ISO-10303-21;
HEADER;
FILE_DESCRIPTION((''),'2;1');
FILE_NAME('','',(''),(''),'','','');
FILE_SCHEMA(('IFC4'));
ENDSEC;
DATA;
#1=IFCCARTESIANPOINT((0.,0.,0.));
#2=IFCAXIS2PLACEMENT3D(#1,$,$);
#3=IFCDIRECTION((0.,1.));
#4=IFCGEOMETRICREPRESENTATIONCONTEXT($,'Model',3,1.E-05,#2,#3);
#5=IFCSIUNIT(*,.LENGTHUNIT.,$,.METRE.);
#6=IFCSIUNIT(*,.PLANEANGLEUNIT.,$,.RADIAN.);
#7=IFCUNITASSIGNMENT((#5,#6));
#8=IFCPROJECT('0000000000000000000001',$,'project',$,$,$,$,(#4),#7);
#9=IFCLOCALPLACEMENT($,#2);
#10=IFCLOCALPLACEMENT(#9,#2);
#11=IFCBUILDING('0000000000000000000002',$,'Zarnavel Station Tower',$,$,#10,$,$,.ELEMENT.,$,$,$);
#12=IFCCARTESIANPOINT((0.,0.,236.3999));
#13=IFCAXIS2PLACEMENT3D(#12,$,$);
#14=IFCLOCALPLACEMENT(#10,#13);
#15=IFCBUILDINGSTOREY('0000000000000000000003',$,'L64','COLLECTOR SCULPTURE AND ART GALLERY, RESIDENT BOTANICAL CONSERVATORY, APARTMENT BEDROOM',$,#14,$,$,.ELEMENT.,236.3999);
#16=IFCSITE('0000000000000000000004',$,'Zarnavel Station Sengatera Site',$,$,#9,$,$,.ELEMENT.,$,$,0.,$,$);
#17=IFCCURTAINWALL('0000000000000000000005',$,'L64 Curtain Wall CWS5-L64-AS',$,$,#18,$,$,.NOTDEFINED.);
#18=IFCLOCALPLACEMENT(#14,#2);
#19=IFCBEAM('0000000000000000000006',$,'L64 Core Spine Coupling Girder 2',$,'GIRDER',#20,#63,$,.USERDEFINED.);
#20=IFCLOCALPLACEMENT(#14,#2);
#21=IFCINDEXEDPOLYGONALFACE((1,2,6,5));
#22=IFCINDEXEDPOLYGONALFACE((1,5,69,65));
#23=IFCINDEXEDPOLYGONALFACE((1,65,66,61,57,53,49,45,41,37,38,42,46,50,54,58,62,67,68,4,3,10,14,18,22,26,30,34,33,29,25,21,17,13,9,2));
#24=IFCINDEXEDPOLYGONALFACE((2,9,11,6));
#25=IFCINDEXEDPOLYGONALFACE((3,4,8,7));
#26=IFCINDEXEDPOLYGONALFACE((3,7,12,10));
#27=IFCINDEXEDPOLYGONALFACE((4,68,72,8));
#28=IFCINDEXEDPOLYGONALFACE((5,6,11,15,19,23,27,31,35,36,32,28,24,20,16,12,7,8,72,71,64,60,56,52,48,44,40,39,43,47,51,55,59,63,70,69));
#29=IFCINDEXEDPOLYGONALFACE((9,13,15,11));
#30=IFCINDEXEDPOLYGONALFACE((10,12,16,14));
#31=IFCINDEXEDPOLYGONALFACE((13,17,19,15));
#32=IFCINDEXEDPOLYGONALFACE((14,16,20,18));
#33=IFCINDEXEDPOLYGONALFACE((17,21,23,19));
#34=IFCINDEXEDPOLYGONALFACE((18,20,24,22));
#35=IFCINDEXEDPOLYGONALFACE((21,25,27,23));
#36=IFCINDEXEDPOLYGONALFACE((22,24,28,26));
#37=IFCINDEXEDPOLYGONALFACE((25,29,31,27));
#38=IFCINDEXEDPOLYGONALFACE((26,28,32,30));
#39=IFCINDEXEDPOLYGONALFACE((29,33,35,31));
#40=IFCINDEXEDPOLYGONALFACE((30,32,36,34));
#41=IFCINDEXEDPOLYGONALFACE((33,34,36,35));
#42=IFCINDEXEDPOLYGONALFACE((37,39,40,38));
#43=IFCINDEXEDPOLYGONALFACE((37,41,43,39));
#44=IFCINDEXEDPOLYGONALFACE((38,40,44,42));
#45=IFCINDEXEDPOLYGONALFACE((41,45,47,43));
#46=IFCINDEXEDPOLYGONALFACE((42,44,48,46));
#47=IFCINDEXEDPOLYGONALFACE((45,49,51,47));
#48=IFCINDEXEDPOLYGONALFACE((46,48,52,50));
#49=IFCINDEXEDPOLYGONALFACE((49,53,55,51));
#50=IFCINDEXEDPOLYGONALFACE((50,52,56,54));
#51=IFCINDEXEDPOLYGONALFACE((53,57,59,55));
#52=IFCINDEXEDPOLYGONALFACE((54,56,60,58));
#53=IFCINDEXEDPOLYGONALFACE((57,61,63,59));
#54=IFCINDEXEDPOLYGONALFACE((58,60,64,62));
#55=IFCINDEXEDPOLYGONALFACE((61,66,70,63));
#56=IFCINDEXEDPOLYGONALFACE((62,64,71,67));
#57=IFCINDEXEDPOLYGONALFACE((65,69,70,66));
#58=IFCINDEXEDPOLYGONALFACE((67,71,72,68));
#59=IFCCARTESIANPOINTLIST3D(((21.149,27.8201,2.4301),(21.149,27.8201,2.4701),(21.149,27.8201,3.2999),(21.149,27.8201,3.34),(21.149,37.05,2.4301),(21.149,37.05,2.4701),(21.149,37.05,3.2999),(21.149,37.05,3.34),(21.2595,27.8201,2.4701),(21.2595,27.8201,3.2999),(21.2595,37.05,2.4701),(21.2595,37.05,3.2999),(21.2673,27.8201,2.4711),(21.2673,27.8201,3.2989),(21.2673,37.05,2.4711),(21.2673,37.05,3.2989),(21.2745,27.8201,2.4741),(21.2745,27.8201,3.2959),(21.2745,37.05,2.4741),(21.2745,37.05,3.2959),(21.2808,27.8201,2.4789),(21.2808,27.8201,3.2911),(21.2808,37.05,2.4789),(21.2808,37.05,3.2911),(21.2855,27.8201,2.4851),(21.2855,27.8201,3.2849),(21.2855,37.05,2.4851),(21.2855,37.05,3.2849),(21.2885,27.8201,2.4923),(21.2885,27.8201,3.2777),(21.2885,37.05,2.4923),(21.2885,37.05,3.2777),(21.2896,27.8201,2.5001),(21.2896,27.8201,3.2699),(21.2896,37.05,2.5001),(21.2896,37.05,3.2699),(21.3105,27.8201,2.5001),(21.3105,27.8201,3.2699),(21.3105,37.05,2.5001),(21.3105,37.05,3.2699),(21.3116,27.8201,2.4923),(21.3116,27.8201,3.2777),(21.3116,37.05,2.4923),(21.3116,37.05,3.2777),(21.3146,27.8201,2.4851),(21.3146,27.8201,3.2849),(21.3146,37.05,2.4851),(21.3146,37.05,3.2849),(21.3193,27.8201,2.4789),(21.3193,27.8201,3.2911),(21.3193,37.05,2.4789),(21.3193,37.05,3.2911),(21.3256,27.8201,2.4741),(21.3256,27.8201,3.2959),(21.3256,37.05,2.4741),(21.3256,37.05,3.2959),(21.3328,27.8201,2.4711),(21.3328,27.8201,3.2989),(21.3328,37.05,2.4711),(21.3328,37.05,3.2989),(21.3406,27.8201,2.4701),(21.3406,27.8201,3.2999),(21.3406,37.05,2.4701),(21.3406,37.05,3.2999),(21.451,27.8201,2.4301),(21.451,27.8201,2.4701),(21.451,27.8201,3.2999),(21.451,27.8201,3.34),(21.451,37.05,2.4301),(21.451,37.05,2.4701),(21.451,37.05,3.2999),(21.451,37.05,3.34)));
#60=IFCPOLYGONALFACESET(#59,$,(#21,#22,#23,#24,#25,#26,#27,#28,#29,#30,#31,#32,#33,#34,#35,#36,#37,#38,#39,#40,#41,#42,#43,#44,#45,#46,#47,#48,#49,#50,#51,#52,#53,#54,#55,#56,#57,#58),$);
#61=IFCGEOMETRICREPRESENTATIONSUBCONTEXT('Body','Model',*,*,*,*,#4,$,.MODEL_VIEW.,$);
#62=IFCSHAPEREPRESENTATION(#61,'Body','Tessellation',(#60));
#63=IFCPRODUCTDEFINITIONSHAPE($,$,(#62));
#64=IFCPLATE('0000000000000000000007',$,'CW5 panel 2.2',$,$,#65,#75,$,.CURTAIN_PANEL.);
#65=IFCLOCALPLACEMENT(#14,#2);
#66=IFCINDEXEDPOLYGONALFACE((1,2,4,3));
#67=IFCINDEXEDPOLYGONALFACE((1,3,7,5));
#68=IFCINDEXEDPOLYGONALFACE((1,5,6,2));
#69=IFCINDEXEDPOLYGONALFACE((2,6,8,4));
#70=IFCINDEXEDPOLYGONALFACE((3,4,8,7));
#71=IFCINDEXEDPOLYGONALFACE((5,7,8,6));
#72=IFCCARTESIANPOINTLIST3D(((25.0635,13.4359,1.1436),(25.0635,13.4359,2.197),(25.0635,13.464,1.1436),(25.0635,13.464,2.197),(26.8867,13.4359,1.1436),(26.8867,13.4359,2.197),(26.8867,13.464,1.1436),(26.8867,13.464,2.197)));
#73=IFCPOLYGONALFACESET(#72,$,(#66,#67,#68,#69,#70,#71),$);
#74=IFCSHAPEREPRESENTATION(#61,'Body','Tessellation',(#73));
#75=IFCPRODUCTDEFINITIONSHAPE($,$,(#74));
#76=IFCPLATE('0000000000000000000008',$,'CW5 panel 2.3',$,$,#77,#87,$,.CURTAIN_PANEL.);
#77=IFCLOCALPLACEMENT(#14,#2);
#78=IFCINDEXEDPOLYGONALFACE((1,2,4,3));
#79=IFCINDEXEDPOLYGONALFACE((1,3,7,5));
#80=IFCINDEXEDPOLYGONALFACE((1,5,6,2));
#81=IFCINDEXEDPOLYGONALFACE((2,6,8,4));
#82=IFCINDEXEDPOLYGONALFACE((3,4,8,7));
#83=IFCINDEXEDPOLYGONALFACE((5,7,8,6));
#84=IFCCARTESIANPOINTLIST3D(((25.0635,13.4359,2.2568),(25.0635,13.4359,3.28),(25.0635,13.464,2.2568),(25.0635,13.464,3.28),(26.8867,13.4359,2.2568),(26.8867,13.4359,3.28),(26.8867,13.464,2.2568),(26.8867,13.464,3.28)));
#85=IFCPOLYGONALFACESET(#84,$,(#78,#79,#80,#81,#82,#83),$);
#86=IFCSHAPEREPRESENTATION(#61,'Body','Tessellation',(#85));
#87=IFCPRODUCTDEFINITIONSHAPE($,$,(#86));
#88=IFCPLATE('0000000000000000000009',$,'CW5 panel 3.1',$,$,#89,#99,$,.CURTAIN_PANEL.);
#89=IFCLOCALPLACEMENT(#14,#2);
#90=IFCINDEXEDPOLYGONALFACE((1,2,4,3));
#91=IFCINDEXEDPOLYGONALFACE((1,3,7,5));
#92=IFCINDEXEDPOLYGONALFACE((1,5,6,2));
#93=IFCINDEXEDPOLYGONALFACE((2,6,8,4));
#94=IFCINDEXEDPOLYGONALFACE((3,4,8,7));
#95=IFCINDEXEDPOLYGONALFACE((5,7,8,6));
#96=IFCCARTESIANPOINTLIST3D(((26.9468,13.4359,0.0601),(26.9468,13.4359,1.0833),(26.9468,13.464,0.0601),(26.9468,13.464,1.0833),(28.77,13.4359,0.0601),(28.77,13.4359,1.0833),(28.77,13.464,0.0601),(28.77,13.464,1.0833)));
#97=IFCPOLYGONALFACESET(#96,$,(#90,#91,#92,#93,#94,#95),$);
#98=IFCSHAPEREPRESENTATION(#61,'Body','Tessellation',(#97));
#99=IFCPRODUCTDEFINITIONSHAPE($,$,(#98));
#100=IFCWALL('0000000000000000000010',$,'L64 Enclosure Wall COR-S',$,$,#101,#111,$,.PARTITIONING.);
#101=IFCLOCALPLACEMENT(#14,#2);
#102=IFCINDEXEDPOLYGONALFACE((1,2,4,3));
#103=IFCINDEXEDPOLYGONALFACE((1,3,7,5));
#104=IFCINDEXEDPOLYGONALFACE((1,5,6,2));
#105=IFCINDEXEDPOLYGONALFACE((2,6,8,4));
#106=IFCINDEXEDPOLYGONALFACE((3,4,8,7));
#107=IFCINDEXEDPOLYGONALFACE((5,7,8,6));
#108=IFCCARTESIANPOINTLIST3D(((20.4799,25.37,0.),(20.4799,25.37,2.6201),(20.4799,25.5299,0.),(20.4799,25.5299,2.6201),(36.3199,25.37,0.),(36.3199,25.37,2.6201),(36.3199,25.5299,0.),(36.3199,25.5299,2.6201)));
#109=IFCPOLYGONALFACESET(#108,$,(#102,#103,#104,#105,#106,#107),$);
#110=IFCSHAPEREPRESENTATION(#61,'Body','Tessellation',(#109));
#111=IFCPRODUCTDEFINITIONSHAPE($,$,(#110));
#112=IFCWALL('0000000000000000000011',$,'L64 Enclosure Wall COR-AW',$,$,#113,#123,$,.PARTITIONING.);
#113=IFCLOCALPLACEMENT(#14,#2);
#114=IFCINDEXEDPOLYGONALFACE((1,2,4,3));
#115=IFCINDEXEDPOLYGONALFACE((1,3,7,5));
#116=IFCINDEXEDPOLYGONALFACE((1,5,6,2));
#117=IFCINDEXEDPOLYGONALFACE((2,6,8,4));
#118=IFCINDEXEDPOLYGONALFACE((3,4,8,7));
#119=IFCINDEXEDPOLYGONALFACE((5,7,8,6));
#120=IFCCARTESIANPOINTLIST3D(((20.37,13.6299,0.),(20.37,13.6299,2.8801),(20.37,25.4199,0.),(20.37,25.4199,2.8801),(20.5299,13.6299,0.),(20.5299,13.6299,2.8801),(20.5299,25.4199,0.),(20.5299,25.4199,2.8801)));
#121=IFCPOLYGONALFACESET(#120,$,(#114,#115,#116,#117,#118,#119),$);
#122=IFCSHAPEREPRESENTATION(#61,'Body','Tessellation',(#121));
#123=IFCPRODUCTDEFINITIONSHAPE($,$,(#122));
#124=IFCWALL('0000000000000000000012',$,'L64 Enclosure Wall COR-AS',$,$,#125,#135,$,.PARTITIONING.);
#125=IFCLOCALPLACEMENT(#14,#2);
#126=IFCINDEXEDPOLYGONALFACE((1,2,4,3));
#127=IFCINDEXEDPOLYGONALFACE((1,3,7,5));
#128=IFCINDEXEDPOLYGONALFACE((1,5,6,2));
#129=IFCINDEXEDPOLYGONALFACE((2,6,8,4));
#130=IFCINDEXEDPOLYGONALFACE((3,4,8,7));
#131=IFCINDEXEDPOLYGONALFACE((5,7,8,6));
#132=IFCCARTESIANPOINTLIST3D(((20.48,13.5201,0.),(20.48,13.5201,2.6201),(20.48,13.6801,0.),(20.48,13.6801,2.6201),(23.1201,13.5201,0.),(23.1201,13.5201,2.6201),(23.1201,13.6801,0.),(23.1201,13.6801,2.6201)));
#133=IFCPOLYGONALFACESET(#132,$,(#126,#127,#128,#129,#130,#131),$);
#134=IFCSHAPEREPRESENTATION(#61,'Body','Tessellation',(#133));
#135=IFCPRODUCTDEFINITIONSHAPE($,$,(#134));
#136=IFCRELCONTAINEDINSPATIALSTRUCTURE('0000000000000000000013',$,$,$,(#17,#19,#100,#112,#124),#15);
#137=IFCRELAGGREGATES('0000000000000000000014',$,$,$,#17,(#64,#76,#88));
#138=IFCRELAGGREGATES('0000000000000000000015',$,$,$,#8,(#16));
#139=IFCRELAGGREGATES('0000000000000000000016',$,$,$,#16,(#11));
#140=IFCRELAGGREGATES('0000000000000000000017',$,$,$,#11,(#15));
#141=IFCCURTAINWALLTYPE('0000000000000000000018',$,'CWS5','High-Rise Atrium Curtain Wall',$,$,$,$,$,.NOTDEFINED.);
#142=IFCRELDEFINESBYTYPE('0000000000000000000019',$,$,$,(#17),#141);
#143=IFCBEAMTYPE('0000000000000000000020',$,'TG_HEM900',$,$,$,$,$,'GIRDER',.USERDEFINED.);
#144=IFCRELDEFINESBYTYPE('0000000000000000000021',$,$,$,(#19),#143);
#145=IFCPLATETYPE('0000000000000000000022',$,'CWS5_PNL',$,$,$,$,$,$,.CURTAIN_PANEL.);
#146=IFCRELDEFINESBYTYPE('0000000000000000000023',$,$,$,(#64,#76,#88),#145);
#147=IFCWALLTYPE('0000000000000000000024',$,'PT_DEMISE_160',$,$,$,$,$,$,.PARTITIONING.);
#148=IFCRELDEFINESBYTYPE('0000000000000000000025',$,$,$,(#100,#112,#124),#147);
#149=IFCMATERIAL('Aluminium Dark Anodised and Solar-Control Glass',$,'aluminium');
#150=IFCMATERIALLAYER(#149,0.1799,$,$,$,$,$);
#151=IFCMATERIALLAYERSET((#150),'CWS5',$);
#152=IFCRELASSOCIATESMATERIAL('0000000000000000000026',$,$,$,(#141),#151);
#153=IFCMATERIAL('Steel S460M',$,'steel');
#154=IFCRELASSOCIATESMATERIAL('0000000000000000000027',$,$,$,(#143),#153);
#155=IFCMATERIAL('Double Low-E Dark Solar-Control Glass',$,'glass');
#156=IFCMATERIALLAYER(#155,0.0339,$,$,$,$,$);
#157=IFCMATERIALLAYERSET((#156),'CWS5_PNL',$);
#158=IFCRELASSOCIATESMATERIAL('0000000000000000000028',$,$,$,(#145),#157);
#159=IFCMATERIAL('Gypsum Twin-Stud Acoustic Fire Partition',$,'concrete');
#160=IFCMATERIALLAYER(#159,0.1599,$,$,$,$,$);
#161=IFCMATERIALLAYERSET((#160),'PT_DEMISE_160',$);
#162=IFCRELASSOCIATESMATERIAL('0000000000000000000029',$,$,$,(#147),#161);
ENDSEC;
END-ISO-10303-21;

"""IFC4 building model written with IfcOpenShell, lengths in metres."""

from ifc_helpers import new_model, si_unit, direction, frame, frame_2d, origin, origin_2d, place, context, subcontext, project, spatial, rectangle, i_section, extrude, material, layer, layer_set, material_profile, profile_set, type_object, element, aggregate, save


model = new_model("IFC4")

# Units and contexts
model_context = context("Model", 3, precision=1e-05, world=origin(), true_north=direction((0.0, 1.0)))
body_context = subcontext(model_context, "Body", "Model", "MODEL_VIEW")
ifc_project = project(units=[si_unit("LENGTHUNIT", "METRE"), si_unit("PLANEANGLEUNIT", "RADIAN")], contexts=[model_context])

# Site, building, storey
site_placement = place(None, origin())
site = spatial("IfcSite", under=ifc_project, at=site_placement, Name="Zarnavel Station Sengatera Site", CompositionType="ELEMENT", RefElevation=0.0)
building_placement = place(site_placement, origin())
building = spatial("IfcBuilding", under=site, at=building_placement, Name="Zarnavel Station Tower", CompositionType="ELEMENT")
storey_placement = place(building_placement, frame((0.0, 0.0, 236.3999)))
storey = spatial("IfcBuildingStorey", under=building, at=storey_placement, Name="L64", Description="COLLECTOR SCULPTURE AND ART GALLERY, RESIDENT BOTANICAL CONSERVATORY, APARTMENT BEDROOM", CompositionType="ELEMENT", Elevation=236.3999)

# Curtain wall
ifc_material_1 = material(Name="Aluminium Dark Anodised and Solar-Control Glass", Category="aluminium")
ifc_layer_1 = layer(ifc_material_1, 0.1799)
ifc_layer_set_1 = layer_set([ifc_layer_1], Name="CWS5")
curtain_wall_type = type_object("IfcCurtainWallType", Name="CWS5", Description="High-Rise Atrium Curtain Wall", PredefinedType="NOTDEFINED", material=ifc_layer_set_1)
curtain_wall_placement = place(storey_placement, origin())
curtain_wall = element("IfcCurtainWall", 1, at=curtain_wall_placement, inside=storey, type_object=curtain_wall_type, Name="L64 Curtain Wall CWS5-L64-AS", PredefinedType="NOTDEFINED")

# Beam
ifc_material_2 = material(Name="Steel S460M", Category="steel")
ifc_material_profile_1 = material_profile(ifc_material_2, i_section(OverallWidth=0.302, OverallDepth=0.9099, WebThickness=0.021, FlangeThickness=0.04, FilletRadius=0.03, at=origin_2d()), Name="HEM900")
ifc_profile_set_1 = profile_set([ifc_material_profile_1], Name="Steel S460M")
beam_type_1 = type_object("IfcBeamType", Name="TG_HEM900", ElementType="GIRDER", PredefinedType="USERDEFINED", material=ifc_profile_set_1)
beam_1_placement = place(storey_placement, frame((21.3, 27.8201, 2.885), z_axis=(0.0, 1.0, 0.0), x_axis=(-1.0, 0.0, 0.0)))
element("IfcBeam", 2, at=beam_1_placement, inside=storey, type_object=beam_type_1, Name="L64 Core Spine Coupling Girder 2", ObjectType="GIRDER", PredefinedType="USERDEFINED", context=body_context, shape_type="SweptSolid", body=[
    extrude(i_section(OverallWidth=0.302, OverallDepth=0.9099, WebThickness=0.021, FlangeThickness=0.04, FilletRadius=0.03, at=origin_2d()), origin(), (0.0, 0.0, 1.0), 9.23),
])

# Plates
ifc_material_3 = material(Name="Double Low-E Dark Solar-Control Glass", Category="glass")
ifc_layer_2 = layer(ifc_material_3, 0.0339)
ifc_layer_set_2 = layer_set([ifc_layer_2], Name="CWS5_PNL")
plate_type = type_object("IfcPlateType", Name="CWS5_PNL", PredefinedType="CURTAIN_PANEL", material=ifc_layer_set_2)
plate_1_placement = place(storey_placement, frame((25.9751, 13.45, 1.1436), z_axis=(0.0, 0.0, 1.0), x_axis=(1.0, 0.0, 0.0)))
plate_1 = element("IfcPlate", 3, at=plate_1_placement, type_object=plate_type, Name="CW5 panel 2.2", PredefinedType="CURTAIN_PANEL", context=body_context, shape_type="SweptSolid", body=[
    extrude(rectangle(XDim=1.8232, YDim=0.0281, at=origin_2d()), origin(), (0.0, 0.0, 1.0), 1.0535),
])
plate_2_placement = place(storey_placement, frame((25.9751, 13.45, 2.2568), z_axis=(0.0, 0.0, 1.0), x_axis=(1.0, 0.0, 0.0)))
plate_2 = element("IfcPlate", 4, at=plate_2_placement, type_object=plate_type, Name="CW5 panel 2.3", PredefinedType="CURTAIN_PANEL", context=body_context, shape_type="SweptSolid", body=[
    extrude(rectangle(XDim=1.8232, YDim=0.0281, at=origin_2d()), origin(), (0.0, 0.0, 1.0), 1.0232),
])
plate_3_placement = place(storey_placement, frame((27.8584, 13.45, 0.0601), z_axis=(0.0, 0.0, 1.0), x_axis=(1.0, 0.0, 0.0)))
plate_3 = element("IfcPlate", 5, at=plate_3_placement, type_object=plate_type, Name="CW5 panel 3.1", PredefinedType="CURTAIN_PANEL", context=body_context, shape_type="SweptSolid", body=[
    extrude(rectangle(XDim=1.8232, YDim=0.0281, at=origin_2d()), origin(), (0.0, 0.0, 1.0), 1.0232),
])
aggregate(curtain_wall, [plate_1, plate_2, plate_3])

# Walls
ifc_material_4 = material(Name="Gypsum Twin-Stud Acoustic Fire Partition", Category="concrete")
ifc_layer_3 = layer(ifc_material_4, 0.1599)
ifc_layer_set_3 = layer_set([ifc_layer_3], Name="PT_DEMISE_160")
wall_type_1 = type_object("IfcWallType", Name="PT_DEMISE_160", PredefinedType="PARTITIONING", material=ifc_layer_set_3)
wall_1_placement = place(storey_placement, frame((20.48, 25.45, 0.0), z_axis=(0.0, 0.0, 1.0), x_axis=(1.0, 0.0, 0.0)))
element("IfcWall", 6, at=wall_1_placement, inside=storey, type_object=wall_type_1, Name="L64 Enclosure Wall COR-S", PredefinedType="PARTITIONING", context=body_context, shape_type="SweptSolid", body=[
    extrude(rectangle(XDim=15.8401, YDim=0.1599, at=frame_2d((7.9199, 0.0))), origin(), (0.0, 0.0, 1.0), 2.6201),
])
wall_2_placement = place(storey_placement, frame((20.45, 13.6299, 0.0), z_axis=(0.0, 0.0, 1.0), x_axis=(0.0, 1.0, 0.0)))
element("IfcWall", 7, at=wall_2_placement, inside=storey, type_object=wall_type_1, Name="L64 Enclosure Wall COR-AW", PredefinedType="PARTITIONING", context=body_context, shape_type="SweptSolid", body=[
    extrude(rectangle(XDim=11.79, YDim=0.1599, at=frame_2d((5.895, 0.0))), origin(), (0.0, 0.0, 1.0), 2.8801),
])
wall_3_placement = place(storey_placement, frame((20.48, 13.6001, 0.0), z_axis=(0.0, 0.0, 1.0), x_axis=(1.0, 0.0, 0.0)))
element("IfcWall", 8, at=wall_3_placement, inside=storey, type_object=wall_type_1, Name="L64 Enclosure Wall COR-AS", PredefinedType="PARTITIONING", context=body_context, shape_type="SweptSolid", body=[
    extrude(rectangle(XDim=2.6401, YDim=0.1599, at=frame_2d((1.3201, 0.0))), origin(), (0.0, 0.0, 1.0), 2.6201),
])

save(model, "model.ifc")
